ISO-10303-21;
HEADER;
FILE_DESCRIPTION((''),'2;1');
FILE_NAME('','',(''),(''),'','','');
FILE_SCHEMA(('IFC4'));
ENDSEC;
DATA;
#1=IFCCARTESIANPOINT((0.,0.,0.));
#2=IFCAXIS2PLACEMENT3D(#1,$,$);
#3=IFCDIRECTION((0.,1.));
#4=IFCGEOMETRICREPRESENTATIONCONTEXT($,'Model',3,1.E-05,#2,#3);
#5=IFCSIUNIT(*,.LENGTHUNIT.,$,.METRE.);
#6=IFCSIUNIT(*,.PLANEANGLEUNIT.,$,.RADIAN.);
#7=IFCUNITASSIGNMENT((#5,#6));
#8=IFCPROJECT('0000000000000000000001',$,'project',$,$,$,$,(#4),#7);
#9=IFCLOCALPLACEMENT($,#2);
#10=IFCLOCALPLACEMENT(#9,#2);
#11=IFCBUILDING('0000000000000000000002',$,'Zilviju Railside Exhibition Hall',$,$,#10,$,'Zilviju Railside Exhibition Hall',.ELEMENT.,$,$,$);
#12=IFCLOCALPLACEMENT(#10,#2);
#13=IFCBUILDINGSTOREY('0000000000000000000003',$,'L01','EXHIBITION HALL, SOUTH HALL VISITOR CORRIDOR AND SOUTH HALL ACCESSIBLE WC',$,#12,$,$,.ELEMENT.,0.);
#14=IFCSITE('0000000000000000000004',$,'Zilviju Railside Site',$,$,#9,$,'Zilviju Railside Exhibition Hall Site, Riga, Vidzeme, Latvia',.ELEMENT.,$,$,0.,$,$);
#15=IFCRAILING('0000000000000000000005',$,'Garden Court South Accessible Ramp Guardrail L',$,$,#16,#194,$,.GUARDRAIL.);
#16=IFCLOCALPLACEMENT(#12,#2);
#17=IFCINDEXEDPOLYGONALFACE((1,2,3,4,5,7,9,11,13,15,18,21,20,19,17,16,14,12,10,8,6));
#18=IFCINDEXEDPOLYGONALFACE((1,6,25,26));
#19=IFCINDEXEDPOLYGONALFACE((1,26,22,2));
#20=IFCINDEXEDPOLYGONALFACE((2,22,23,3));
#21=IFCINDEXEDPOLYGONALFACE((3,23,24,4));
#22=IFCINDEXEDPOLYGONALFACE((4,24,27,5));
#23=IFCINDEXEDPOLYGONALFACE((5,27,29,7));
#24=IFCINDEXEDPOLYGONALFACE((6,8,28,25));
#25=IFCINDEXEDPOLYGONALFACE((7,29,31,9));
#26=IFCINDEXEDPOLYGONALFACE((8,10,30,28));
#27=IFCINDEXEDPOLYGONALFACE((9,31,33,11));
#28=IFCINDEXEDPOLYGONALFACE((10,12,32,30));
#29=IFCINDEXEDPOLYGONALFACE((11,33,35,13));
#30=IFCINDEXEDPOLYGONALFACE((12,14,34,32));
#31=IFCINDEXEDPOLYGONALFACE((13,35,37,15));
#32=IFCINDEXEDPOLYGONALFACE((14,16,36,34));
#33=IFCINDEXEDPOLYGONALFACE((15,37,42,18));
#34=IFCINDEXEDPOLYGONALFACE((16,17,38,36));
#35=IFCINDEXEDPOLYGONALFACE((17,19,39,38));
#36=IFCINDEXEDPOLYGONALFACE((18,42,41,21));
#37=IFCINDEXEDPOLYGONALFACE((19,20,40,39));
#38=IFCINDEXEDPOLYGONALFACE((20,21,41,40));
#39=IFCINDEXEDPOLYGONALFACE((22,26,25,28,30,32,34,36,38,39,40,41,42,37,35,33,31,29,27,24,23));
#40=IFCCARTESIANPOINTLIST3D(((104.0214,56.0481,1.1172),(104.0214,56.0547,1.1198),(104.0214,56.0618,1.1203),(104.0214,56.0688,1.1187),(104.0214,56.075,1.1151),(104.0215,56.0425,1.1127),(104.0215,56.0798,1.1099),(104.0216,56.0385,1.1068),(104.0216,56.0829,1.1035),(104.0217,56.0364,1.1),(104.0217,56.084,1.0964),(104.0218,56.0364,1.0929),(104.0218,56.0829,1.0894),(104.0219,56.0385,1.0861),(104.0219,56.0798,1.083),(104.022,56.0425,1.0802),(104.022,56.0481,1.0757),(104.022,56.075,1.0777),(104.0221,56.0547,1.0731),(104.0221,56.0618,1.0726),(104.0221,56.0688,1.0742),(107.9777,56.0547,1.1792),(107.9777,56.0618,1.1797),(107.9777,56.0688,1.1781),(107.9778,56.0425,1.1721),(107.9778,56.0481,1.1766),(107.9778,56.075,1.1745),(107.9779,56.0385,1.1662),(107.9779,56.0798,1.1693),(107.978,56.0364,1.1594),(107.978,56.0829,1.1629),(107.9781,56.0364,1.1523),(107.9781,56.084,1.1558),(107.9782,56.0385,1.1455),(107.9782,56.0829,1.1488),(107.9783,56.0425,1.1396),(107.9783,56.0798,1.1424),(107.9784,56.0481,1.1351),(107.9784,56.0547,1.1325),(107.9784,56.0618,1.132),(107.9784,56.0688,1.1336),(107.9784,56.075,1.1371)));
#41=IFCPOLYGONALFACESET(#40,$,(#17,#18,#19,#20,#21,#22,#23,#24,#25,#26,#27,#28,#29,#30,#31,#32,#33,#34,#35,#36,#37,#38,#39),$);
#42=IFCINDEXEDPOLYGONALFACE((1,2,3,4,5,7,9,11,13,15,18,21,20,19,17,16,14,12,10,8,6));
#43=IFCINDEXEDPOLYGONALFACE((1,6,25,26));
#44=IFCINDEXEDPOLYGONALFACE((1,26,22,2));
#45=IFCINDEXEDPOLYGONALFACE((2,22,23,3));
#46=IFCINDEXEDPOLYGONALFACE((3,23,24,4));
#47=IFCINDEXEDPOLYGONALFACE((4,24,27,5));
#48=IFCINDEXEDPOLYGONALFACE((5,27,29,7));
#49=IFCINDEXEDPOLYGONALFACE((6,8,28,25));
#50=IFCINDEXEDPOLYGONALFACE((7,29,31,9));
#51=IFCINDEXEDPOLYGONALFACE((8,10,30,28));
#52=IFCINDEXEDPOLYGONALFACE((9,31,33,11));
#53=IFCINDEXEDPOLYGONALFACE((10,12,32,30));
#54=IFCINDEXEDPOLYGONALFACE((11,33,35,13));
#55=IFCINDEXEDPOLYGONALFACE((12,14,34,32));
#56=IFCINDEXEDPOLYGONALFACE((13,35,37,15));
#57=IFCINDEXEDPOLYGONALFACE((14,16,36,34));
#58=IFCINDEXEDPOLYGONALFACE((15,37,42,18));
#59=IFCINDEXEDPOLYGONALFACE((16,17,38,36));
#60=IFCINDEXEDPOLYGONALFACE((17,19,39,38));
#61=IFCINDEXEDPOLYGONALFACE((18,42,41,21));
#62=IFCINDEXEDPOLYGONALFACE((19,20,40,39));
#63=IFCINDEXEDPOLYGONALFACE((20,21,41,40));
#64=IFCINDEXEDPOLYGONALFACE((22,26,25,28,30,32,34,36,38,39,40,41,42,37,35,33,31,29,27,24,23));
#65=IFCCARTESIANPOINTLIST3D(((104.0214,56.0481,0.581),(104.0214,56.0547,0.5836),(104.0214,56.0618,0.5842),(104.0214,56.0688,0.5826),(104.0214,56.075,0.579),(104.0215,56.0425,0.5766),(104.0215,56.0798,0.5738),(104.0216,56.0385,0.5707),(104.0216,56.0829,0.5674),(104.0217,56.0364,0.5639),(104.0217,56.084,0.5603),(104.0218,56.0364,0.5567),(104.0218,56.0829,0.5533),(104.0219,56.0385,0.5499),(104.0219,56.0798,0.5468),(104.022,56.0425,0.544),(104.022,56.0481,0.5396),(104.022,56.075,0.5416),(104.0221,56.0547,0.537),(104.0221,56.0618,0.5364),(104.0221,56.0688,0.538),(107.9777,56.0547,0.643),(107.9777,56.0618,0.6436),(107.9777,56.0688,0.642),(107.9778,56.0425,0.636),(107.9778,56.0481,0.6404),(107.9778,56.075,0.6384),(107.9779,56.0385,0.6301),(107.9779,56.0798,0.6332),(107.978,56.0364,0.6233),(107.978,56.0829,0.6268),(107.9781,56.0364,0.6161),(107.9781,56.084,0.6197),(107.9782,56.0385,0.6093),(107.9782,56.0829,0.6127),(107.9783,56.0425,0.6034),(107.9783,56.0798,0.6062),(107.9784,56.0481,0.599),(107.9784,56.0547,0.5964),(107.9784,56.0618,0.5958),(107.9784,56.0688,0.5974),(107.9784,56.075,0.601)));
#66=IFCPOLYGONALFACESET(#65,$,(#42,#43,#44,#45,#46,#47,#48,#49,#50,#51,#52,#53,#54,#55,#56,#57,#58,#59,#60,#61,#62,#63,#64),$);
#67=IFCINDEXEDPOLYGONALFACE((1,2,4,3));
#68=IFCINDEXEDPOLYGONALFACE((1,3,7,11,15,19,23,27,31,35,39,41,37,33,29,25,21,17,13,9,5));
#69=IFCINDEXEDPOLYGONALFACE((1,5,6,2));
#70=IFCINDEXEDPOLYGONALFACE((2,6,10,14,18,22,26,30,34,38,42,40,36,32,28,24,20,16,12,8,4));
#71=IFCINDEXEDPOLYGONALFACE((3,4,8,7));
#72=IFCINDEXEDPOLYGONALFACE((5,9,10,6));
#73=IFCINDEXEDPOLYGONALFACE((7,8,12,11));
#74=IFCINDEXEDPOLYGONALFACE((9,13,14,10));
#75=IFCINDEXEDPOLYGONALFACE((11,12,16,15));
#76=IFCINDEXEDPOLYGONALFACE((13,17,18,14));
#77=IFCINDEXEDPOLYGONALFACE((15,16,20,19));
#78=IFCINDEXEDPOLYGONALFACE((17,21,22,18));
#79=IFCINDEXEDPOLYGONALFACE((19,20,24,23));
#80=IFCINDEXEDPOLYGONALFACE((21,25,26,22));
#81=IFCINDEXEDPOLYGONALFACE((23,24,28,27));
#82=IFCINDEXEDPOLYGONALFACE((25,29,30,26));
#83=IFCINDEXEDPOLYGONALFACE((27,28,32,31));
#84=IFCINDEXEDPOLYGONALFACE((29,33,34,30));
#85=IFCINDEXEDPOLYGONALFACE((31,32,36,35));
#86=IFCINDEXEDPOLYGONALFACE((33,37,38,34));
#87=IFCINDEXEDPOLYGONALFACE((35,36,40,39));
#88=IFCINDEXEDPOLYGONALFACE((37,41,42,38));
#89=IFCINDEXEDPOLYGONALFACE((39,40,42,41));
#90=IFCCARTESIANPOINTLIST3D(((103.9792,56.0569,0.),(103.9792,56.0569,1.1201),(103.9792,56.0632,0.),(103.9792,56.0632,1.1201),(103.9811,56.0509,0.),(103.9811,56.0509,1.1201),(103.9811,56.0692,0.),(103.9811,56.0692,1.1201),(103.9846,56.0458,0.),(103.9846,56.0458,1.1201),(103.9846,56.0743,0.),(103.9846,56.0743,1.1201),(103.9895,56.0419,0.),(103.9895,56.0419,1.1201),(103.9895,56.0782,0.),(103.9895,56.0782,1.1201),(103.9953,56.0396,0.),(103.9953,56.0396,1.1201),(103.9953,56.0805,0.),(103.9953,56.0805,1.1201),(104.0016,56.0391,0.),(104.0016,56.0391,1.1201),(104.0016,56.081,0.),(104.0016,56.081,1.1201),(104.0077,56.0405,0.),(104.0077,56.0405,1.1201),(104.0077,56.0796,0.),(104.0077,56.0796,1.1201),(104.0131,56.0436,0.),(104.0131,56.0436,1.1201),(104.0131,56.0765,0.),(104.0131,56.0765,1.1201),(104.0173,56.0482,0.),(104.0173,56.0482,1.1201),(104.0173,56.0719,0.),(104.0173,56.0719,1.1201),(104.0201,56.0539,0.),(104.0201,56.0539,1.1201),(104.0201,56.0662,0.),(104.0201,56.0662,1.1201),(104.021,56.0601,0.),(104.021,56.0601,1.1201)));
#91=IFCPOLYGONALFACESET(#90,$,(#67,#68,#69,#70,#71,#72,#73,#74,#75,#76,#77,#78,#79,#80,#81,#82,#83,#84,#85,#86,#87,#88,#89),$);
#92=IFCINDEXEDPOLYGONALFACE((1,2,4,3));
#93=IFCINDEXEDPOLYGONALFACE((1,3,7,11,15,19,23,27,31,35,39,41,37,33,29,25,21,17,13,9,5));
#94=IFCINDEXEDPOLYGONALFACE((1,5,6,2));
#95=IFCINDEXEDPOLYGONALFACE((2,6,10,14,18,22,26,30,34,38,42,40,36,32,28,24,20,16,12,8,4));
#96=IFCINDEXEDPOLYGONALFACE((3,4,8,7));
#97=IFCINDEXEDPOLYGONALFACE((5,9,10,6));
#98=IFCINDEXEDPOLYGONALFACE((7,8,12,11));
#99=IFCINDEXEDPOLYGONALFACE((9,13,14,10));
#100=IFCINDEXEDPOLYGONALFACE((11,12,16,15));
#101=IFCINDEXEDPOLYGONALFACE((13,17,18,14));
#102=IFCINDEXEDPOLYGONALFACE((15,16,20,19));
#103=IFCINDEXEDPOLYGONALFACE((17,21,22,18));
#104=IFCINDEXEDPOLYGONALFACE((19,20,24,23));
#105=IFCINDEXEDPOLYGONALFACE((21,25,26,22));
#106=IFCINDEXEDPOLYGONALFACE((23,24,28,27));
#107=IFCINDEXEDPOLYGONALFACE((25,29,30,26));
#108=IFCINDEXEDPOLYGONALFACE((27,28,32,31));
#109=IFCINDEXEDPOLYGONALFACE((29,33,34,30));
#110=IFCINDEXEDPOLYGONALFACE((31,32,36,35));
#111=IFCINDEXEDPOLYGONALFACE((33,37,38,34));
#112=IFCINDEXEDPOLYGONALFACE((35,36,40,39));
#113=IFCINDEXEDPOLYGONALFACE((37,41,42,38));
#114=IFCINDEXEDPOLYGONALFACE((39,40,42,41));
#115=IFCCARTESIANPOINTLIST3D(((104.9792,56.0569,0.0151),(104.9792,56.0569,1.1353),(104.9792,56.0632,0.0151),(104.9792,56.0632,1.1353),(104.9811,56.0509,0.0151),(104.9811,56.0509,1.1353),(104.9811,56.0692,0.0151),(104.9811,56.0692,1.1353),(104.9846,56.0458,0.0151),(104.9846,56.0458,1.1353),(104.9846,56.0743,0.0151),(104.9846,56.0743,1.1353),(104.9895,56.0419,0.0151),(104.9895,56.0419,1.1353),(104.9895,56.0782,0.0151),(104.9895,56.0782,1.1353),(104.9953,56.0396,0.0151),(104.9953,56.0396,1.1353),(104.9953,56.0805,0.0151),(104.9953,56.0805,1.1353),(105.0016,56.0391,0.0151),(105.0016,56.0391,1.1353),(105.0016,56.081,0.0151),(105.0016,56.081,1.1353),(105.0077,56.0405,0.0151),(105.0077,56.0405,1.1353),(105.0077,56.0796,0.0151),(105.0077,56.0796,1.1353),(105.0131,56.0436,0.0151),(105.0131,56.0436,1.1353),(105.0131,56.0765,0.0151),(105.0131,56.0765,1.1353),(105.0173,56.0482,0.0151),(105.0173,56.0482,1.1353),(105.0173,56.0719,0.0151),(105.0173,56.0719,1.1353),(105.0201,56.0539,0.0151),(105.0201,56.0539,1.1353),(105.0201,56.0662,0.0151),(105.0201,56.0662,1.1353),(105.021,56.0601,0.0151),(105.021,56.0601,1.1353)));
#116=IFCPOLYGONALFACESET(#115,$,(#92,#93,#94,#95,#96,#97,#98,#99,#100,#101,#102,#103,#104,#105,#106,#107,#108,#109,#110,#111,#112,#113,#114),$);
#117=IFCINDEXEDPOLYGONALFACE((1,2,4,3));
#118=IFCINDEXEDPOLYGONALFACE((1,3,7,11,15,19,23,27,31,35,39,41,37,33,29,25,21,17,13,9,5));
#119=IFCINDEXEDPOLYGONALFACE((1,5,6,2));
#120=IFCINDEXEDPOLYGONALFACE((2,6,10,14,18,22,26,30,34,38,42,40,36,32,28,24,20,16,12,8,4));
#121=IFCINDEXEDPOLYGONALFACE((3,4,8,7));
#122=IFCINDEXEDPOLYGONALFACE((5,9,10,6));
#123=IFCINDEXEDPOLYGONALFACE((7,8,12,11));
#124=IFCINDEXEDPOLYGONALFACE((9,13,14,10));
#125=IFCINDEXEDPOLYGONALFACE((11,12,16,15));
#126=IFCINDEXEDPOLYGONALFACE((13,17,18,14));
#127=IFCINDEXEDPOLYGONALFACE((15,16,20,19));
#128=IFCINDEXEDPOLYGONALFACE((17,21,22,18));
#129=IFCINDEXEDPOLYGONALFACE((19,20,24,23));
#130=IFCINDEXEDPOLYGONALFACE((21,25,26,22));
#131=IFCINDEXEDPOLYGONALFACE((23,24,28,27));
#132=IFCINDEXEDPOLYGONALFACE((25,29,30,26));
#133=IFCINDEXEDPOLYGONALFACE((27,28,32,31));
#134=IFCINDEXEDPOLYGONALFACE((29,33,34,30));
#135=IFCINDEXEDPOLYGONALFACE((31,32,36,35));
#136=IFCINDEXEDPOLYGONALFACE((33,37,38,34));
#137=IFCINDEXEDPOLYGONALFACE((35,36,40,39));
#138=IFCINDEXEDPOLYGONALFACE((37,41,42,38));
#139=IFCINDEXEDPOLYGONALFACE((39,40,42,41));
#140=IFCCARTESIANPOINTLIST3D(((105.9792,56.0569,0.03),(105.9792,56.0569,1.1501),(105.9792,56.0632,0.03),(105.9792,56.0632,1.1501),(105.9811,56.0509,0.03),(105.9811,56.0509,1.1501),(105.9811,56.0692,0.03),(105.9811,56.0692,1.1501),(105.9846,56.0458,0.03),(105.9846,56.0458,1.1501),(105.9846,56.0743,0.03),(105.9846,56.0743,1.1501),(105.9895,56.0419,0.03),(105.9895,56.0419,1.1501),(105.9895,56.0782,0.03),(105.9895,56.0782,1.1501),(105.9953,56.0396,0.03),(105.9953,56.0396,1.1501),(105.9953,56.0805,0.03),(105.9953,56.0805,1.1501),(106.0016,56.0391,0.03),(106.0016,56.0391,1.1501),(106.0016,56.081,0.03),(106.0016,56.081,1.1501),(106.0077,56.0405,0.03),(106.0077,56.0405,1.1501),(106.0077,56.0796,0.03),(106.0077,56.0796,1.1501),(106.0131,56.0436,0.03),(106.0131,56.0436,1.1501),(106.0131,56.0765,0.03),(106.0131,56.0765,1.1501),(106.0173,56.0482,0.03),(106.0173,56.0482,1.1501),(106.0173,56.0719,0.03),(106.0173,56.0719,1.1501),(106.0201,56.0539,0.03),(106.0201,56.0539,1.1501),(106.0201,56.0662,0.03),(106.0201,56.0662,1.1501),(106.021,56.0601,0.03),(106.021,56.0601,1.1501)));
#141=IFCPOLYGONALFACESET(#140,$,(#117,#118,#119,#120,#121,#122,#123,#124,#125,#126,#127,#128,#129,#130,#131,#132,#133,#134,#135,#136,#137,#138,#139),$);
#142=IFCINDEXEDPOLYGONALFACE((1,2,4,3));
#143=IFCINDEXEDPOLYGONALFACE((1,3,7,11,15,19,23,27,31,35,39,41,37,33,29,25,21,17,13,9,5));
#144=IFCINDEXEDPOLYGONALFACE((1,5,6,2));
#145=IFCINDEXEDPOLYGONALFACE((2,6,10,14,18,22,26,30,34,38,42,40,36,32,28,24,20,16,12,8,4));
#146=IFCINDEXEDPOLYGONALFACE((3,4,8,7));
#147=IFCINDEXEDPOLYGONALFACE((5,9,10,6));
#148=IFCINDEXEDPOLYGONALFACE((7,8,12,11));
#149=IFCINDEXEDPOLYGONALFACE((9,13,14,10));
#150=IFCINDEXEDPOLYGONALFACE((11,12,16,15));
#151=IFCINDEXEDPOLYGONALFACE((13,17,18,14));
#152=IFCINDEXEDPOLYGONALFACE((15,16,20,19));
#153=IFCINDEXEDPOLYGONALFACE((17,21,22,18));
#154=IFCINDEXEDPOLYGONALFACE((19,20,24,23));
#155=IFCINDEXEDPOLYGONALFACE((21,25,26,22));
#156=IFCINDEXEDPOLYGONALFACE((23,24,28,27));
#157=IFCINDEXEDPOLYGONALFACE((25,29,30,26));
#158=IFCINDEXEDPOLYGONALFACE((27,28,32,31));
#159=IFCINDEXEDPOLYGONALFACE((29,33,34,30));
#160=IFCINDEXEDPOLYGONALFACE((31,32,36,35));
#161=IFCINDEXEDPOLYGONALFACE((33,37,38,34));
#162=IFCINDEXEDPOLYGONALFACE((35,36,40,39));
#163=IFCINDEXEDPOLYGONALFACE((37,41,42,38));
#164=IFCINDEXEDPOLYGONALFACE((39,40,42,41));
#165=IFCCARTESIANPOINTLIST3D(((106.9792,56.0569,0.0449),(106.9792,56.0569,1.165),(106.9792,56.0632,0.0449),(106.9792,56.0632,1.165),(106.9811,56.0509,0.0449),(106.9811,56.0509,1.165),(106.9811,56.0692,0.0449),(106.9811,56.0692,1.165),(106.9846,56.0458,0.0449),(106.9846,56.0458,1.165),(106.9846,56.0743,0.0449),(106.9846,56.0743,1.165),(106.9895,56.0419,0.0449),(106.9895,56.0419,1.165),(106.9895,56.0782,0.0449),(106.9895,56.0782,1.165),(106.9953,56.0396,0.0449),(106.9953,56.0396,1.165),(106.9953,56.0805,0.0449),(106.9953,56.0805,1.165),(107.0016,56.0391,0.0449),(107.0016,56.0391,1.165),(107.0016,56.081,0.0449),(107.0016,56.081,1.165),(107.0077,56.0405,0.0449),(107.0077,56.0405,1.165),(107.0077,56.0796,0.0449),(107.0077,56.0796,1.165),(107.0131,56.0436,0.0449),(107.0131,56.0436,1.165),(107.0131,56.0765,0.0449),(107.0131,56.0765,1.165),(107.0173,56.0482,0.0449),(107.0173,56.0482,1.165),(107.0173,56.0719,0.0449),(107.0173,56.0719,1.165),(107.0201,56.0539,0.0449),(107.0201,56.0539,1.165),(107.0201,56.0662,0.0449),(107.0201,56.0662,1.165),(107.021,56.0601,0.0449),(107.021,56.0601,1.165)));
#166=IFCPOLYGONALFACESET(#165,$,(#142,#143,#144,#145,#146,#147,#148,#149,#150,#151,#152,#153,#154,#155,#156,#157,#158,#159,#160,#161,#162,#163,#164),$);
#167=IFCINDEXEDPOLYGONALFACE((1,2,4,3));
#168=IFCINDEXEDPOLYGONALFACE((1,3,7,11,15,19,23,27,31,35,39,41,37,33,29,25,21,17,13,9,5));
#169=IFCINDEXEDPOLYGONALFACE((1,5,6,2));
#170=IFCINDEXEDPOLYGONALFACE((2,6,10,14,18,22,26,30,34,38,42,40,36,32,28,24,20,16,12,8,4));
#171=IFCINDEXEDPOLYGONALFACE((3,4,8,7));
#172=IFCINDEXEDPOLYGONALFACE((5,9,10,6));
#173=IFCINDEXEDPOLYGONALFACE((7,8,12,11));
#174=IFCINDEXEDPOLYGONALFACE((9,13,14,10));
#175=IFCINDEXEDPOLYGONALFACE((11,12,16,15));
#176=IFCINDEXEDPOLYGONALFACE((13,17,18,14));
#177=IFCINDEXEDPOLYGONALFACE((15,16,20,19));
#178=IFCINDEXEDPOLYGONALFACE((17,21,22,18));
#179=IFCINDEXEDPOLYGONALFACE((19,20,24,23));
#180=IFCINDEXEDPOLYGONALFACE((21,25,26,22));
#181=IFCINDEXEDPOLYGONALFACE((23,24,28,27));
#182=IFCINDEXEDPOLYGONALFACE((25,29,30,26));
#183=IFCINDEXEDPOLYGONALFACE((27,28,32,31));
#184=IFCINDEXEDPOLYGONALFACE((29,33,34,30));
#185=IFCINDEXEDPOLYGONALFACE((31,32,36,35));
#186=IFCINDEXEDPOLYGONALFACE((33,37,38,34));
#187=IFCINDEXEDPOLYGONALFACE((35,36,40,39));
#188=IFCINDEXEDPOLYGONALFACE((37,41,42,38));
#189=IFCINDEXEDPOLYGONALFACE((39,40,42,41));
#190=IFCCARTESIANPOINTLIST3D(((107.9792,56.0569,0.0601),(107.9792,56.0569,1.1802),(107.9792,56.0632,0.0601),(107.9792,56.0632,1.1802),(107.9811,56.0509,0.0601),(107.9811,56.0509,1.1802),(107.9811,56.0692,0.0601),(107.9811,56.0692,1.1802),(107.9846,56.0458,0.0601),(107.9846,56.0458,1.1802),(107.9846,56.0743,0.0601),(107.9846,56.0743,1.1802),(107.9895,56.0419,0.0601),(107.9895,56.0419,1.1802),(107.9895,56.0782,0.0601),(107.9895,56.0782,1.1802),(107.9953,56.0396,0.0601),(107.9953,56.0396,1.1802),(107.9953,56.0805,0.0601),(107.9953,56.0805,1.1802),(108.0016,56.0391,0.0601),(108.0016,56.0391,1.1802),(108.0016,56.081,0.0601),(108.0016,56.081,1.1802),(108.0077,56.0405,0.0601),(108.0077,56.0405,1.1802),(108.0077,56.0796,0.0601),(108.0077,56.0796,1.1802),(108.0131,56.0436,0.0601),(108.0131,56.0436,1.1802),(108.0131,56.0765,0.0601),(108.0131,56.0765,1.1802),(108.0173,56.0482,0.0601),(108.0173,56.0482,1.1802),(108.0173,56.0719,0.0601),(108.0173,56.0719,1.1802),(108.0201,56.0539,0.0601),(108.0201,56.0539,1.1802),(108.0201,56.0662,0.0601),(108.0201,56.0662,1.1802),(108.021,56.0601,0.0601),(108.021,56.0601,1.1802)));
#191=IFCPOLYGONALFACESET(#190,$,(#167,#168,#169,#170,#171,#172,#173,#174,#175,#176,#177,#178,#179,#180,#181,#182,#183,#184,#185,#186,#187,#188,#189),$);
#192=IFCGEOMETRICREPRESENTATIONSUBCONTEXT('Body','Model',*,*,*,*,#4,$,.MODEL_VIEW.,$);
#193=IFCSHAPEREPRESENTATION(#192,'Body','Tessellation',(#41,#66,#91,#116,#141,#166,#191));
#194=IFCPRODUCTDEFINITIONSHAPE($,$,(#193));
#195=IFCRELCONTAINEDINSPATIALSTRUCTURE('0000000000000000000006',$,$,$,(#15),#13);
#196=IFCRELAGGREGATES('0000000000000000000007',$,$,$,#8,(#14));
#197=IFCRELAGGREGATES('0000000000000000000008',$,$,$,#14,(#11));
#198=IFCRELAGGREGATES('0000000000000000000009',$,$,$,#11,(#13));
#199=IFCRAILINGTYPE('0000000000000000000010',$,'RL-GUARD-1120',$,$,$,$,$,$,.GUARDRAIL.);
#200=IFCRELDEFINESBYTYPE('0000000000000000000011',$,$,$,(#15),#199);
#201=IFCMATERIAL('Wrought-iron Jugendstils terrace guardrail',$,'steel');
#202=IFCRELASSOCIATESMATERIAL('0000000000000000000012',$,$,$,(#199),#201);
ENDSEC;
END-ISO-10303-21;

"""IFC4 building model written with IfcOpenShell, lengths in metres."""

from ifc_helpers import new_model, si_unit, direction, frame, origin, origin_2d, place, context, subcontext, project, spatial, circle, extrude, material, type_object, element, save


model = new_model("IFC4")

# Units and contexts
model_context = context("Model", 3, precision=1e-05, world=origin(), true_north=direction((0.0, 1.0)))
body_context = subcontext(model_context, "Body", "Model", "MODEL_VIEW")
ifc_project = project(units=[si_unit("LENGTHUNIT", "METRE"), si_unit("PLANEANGLEUNIT", "RADIAN")], contexts=[model_context])

# Site, building, storey
site_placement = place(None, origin())
site = spatial("IfcSite", under=ifc_project, at=site_placement, Name="Zilviju Railside Site", LongName="Zilviju Railside Exhibition Hall Site, Riga, Vidzeme, Latvia", CompositionType="ELEMENT", RefElevation=0.0)
building_placement = place(site_placement, origin())
building = spatial("IfcBuilding", under=site, at=building_placement, Name="Zilviju Railside Exhibition Hall", LongName="Zilviju Railside Exhibition Hall", CompositionType="ELEMENT")
storey_placement = place(building_placement, origin())
storey = spatial("IfcBuildingStorey", under=building, at=storey_placement, Name="L01", Description="EXHIBITION HALL, SOUTH HALL VISITOR CORRIDOR AND SOUTH HALL ACCESSIBLE WC", CompositionType="ELEMENT", Elevation=0.0)

# Railing
ifc_material_1 = material(Name="Wrought-iron Jugendstils terrace guardrail", Category="steel")
railing_type_1 = type_object("IfcRailingType", Name="RL-GUARD-1120", PredefinedType="GUARDRAIL", material=ifc_material_1)
for number, where, name in (
    (1, (104.0, 56.0601, 0.0), "Garden Court South Accessible Ramp Guardrail L"),
):
    element("IfcRailing", number, at=place(storey_placement, frame(where)), inside=storey, type_object=railing_type_1, Name=name, PredefinedType="GUARDRAIL", context=body_context, shape_type="SweptSolid", body=[
        extrude(circle(Radius=0.0239, at=origin_2d()), frame((0.0217, 0.0, 1.0964), z_axis=(0.999887, 0.0, 0.015013), x_axis=(0.0, 1.0, 0.0)), (0.0, 0.0, 1.0), 3.9568),
        extrude(circle(Radius=0.0239, at=origin_2d()), frame((0.0217, 0.0, 0.5603), z_axis=(0.999887, 0.0, 0.015013), x_axis=(0.0, 1.0, 0.0)), (0.0, 0.0, 1.0), 3.9568),
        extrude(circle(Radius=0.021, at=origin_2d()), origin(), (0.0, 0.0, 1.0), 1.1201),
        extrude(circle(Radius=0.021, at=origin_2d()), frame((1.0, 0.0, 0.0151)), (0.0, 0.0, 1.0), 1.1201),
        extrude(circle(Radius=0.021, at=origin_2d()), frame((2.0, 0.0, 0.03)), (0.0, 0.0, 1.0), 1.1201),
        extrude(circle(Radius=0.021, at=origin_2d()), frame((3.0, 0.0, 0.0449)), (0.0, 0.0, 1.0), 1.1201),
        extrude(circle(Radius=0.021, at=origin_2d()), frame((4.0, 0.0, 0.0601)), (0.0, 0.0, 1.0), 1.1201),
    ])

save(model, "model.ifc")
